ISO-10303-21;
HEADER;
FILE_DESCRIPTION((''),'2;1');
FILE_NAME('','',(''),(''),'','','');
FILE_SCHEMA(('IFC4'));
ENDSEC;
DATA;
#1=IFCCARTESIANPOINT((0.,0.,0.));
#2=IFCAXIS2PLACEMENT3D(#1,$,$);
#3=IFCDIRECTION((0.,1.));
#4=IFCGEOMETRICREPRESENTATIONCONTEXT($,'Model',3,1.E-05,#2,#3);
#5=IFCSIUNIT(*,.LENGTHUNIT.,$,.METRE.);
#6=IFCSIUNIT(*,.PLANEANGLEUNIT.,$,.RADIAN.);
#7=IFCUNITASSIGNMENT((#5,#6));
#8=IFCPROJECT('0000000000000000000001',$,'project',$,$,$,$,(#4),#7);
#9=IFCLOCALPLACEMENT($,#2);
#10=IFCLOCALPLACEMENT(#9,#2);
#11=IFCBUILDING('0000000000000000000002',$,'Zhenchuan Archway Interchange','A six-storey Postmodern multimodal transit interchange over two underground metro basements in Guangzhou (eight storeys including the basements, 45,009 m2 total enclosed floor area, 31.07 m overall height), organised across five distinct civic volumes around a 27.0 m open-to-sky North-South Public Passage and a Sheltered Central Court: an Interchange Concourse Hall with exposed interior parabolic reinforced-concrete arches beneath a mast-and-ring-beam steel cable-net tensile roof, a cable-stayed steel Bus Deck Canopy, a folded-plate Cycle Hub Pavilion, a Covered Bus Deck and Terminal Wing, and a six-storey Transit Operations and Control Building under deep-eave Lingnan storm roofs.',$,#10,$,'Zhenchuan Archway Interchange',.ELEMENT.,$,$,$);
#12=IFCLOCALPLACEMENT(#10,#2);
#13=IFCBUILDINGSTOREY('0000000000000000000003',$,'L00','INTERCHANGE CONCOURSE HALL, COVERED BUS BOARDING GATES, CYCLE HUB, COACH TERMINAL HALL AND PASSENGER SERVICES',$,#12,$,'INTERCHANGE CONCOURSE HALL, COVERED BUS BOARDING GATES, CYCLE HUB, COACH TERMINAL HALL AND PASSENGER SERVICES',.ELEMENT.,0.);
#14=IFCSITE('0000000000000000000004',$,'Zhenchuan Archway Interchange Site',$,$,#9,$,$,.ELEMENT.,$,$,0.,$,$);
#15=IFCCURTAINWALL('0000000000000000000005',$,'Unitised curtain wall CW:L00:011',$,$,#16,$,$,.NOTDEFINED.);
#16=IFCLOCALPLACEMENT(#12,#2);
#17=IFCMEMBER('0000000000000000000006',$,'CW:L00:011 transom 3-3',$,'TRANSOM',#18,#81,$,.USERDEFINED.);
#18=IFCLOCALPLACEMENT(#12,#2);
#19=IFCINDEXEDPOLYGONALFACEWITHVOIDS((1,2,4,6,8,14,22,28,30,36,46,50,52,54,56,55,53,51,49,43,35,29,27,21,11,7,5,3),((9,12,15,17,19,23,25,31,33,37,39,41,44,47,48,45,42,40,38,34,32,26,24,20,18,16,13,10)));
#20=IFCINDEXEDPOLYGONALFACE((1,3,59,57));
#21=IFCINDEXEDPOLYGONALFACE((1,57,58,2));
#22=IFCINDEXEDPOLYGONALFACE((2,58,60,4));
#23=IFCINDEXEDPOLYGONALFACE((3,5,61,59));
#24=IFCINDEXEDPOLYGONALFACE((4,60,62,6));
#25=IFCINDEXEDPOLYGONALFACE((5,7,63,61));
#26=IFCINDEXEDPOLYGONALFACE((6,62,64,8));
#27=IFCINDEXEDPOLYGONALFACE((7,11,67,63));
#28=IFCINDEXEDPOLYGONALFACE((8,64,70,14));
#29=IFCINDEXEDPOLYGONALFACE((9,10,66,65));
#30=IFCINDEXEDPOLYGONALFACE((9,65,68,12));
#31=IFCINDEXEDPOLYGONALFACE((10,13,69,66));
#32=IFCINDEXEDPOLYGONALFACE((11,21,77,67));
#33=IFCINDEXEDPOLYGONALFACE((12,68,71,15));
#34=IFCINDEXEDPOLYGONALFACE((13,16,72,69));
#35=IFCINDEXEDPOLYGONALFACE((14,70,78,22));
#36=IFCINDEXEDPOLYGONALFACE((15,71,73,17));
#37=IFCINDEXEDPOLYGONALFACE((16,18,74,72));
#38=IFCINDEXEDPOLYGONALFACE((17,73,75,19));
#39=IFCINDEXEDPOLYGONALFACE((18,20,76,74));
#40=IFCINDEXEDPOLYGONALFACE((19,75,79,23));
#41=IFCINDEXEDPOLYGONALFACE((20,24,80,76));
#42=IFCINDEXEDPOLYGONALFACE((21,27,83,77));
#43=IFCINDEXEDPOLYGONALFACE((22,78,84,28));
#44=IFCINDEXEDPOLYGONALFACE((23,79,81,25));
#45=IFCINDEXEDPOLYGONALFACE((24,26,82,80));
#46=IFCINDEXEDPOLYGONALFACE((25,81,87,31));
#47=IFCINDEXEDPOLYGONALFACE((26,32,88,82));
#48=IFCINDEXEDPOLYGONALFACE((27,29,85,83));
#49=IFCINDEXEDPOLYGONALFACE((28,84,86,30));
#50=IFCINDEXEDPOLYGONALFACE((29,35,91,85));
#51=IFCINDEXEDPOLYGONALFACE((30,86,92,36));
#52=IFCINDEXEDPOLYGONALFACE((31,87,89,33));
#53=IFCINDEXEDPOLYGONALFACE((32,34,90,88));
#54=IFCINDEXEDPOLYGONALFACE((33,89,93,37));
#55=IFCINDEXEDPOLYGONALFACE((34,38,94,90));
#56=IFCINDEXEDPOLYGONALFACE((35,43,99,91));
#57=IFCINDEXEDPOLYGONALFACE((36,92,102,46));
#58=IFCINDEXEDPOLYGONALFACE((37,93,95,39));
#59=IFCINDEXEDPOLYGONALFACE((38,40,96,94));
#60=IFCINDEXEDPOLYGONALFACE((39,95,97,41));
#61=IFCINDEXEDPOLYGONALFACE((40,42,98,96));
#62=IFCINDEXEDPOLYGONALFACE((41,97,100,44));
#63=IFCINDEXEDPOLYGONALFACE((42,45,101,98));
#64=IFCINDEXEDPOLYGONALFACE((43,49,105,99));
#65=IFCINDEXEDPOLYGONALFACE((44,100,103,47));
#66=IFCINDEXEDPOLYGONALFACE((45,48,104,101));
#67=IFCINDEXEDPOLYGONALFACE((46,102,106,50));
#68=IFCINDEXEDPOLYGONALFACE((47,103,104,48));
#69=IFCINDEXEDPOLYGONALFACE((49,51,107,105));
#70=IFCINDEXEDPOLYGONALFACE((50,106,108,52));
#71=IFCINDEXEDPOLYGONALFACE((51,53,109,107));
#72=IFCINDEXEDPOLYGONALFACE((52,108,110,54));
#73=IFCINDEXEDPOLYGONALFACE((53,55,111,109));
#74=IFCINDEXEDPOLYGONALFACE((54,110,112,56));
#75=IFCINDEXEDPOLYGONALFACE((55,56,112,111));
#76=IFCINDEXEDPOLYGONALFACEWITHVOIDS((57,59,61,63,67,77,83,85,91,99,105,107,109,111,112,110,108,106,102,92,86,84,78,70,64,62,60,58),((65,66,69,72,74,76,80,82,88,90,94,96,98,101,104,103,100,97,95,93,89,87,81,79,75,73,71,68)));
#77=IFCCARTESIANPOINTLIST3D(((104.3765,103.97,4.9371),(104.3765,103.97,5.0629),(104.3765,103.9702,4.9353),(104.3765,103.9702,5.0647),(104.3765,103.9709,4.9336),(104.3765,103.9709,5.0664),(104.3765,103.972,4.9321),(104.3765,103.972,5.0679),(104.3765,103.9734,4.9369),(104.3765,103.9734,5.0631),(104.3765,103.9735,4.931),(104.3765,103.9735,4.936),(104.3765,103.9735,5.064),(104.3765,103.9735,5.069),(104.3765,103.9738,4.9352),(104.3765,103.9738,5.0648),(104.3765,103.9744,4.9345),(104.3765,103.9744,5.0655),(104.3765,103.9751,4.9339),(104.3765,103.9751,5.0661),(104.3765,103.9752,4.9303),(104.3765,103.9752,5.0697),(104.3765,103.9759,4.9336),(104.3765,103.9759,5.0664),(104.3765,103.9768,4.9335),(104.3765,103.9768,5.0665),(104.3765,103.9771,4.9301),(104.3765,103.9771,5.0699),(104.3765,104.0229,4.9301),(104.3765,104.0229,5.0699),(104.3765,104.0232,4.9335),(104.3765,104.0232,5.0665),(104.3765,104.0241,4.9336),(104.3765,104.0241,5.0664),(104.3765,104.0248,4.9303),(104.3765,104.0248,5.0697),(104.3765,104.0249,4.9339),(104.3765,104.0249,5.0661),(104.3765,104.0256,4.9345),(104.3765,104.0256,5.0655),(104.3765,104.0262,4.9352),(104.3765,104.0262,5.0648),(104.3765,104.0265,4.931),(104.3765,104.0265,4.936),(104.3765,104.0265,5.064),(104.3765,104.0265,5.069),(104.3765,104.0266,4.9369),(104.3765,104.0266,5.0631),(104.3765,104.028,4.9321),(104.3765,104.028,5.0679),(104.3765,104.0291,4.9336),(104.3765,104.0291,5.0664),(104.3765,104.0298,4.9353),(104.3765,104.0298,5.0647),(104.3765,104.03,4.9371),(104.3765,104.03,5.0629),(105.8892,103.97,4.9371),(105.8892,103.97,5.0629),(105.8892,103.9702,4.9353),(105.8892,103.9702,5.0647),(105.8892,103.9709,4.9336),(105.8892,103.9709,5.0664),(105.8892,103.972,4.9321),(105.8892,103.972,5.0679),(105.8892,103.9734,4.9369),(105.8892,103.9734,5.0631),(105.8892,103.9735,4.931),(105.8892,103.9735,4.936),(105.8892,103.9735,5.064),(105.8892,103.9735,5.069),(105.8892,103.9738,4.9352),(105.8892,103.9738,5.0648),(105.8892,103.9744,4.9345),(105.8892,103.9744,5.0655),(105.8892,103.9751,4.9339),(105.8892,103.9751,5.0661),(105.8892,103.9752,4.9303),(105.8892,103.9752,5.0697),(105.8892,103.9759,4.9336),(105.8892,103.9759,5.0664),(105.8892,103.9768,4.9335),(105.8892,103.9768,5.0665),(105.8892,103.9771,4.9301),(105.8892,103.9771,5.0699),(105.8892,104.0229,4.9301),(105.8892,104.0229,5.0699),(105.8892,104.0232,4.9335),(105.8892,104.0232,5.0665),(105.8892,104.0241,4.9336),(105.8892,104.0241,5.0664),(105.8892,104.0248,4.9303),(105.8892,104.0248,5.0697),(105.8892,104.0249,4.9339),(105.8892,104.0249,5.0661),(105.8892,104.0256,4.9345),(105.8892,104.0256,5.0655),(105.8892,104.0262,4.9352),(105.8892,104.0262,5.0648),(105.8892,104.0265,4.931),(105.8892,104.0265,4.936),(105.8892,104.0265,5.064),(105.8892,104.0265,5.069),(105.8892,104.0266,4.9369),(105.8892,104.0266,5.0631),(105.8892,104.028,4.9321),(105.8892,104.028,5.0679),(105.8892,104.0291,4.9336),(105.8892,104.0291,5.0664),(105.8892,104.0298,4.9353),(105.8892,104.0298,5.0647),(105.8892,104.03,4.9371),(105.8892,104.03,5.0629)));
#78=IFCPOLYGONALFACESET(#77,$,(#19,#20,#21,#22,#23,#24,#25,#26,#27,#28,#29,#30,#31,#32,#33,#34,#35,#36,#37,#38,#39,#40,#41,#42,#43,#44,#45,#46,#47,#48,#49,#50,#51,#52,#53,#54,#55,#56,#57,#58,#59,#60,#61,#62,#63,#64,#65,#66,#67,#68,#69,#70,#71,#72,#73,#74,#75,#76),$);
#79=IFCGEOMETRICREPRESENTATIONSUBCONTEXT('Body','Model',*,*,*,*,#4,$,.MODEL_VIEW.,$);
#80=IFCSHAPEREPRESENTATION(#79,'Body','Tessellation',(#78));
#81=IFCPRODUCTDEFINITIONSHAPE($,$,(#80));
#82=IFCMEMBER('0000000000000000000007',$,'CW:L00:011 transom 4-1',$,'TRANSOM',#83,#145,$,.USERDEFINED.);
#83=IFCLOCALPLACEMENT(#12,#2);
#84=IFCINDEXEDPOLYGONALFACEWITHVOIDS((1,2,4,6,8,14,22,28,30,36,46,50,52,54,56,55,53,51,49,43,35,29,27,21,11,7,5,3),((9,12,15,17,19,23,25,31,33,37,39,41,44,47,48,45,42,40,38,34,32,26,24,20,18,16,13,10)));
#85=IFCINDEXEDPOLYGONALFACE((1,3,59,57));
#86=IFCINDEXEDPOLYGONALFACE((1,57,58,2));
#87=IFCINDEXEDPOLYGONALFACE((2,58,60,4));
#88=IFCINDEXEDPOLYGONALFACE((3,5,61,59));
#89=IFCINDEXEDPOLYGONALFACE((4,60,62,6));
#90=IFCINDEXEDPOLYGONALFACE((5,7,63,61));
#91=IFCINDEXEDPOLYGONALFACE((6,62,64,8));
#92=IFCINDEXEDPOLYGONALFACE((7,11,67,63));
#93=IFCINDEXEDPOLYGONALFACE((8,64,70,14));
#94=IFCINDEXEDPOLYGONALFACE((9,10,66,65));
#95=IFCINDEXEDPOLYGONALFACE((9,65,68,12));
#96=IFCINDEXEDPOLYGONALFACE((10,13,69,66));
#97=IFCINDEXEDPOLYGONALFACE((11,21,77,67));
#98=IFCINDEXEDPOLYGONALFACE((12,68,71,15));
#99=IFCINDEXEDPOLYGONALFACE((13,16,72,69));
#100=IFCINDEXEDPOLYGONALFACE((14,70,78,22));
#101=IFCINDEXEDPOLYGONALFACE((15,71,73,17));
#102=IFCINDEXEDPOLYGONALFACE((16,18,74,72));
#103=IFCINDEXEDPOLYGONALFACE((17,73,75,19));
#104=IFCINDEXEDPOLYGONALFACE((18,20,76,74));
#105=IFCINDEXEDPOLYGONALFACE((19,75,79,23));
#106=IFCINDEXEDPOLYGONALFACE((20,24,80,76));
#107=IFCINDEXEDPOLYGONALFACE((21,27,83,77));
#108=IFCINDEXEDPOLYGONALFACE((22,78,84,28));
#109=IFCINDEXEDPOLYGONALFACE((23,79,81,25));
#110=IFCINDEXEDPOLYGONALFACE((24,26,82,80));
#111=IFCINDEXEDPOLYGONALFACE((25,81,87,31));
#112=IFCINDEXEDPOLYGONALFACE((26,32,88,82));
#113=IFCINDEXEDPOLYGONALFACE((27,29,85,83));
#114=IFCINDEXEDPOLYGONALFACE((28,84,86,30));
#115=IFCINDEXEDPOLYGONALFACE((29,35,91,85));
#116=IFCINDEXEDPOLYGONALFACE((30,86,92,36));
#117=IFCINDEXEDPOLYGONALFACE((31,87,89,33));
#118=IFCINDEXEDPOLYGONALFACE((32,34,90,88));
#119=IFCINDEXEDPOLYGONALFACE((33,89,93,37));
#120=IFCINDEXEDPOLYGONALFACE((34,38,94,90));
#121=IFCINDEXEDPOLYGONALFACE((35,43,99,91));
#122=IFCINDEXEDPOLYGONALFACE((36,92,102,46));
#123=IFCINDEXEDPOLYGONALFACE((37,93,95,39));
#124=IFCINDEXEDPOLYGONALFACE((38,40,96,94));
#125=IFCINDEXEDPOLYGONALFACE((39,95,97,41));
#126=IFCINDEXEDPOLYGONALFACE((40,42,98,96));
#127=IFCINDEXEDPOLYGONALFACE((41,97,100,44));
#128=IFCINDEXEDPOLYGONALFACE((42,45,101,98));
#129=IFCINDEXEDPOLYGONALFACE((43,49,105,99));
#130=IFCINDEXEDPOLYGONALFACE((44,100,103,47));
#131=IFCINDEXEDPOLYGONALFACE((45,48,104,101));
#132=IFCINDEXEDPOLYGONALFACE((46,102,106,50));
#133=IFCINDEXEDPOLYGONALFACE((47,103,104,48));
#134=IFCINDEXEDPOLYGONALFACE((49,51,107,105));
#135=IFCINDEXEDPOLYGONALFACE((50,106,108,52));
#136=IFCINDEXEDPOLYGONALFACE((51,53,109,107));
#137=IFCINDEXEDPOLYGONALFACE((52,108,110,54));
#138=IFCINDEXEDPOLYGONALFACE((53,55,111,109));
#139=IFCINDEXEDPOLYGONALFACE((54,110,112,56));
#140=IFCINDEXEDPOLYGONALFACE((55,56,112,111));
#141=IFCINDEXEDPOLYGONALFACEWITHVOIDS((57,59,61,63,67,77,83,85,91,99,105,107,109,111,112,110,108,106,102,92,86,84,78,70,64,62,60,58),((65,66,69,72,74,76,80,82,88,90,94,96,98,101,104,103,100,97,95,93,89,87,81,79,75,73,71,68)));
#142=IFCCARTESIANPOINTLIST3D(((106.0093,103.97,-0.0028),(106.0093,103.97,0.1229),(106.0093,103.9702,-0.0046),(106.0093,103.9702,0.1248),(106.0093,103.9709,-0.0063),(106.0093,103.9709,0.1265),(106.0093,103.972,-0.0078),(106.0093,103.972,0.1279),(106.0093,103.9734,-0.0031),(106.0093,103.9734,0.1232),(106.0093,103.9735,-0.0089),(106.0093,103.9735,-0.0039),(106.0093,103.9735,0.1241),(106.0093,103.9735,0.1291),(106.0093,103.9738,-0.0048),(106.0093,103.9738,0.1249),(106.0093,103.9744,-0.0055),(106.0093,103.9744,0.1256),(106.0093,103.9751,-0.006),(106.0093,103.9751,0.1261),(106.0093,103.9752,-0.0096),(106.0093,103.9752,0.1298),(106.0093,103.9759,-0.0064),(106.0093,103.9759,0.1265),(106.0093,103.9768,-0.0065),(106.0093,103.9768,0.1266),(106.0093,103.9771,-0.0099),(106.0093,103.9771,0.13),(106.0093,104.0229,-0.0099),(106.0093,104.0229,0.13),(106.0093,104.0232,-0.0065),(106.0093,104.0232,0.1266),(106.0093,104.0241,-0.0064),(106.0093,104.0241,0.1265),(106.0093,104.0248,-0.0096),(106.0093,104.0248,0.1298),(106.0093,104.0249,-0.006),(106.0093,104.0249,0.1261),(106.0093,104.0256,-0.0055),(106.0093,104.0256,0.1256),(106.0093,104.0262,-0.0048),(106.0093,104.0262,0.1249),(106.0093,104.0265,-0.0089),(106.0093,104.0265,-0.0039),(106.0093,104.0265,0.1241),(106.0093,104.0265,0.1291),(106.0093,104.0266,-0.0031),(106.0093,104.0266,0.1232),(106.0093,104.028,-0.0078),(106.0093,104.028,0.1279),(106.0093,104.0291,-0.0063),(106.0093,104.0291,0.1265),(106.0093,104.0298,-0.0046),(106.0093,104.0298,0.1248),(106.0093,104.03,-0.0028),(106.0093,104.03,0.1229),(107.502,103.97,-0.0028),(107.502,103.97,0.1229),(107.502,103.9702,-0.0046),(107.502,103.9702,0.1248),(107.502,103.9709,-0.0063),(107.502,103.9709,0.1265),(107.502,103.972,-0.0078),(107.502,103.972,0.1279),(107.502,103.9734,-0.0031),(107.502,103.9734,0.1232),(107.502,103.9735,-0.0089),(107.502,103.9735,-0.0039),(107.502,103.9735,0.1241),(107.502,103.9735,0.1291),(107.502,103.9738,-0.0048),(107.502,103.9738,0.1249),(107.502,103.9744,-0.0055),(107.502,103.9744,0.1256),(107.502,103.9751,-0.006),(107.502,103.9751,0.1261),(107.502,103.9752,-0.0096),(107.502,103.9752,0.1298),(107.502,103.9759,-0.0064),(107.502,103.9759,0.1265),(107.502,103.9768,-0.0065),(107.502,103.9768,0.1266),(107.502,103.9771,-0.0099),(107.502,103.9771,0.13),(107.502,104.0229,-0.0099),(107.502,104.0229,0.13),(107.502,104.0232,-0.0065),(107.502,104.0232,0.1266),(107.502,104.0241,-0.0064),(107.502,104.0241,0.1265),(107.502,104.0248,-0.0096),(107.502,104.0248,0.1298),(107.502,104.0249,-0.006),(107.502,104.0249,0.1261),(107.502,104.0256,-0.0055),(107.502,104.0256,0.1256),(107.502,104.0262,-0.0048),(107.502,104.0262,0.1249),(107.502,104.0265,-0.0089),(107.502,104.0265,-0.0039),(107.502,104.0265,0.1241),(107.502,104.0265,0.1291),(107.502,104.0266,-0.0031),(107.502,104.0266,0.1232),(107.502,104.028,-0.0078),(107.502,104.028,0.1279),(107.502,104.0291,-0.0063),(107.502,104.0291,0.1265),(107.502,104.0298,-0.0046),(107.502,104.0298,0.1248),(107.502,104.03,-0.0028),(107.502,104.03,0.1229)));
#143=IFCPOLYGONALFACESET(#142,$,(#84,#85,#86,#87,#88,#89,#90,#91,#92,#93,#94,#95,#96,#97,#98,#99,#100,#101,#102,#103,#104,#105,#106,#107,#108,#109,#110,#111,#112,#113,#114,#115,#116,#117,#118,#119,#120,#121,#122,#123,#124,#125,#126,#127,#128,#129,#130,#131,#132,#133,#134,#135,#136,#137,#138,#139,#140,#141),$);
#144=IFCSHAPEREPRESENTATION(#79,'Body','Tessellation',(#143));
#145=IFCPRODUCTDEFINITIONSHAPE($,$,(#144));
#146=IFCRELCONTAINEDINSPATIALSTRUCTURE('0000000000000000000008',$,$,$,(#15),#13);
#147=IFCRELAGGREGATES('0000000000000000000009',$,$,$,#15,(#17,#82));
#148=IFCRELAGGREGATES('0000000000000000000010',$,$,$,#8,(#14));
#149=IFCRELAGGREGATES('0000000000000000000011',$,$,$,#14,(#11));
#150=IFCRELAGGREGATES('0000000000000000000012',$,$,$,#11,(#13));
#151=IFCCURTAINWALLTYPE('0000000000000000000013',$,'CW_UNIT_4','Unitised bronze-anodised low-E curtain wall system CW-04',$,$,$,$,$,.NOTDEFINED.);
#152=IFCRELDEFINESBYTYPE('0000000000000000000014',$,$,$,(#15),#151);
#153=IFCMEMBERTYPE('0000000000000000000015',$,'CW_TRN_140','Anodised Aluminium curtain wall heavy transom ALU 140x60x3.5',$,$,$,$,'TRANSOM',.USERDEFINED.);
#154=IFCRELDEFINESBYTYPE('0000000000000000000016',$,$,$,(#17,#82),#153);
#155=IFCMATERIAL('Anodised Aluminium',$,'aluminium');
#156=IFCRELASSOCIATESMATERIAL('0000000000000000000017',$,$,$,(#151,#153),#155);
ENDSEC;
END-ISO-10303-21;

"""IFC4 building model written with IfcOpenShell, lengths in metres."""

from ifc_helpers import new_model, si_unit, direction, frame, origin, origin_2d, place, context, subcontext, project, spatial, hollow_rectangle, extrude, material, material_profile, profile_set, type_object, element, aggregate, save


model = new_model("IFC4")

# Units and contexts
model_context = context("Model", 3, precision=1e-05, world=origin(), true_north=direction((0.0, 1.0)))
body_context = subcontext(model_context, "Body", "Model", "MODEL_VIEW")
ifc_project = project(units=[si_unit("LENGTHUNIT", "METRE"), si_unit("PLANEANGLEUNIT", "RADIAN")], contexts=[model_context])

# Site, building, storey
site_placement = place(None, origin())
site = spatial("IfcSite", under=ifc_project, at=site_placement, Name="Zhenchuan Archway Interchange Site", CompositionType="ELEMENT", RefElevation=0.0)
building_placement = place(site_placement, origin())
building = spatial("IfcBuilding", under=site, at=building_placement, Name="Zhenchuan Archway Interchange", Description="A six-storey Postmodern multimodal transit interchange over two underground metro basements in Guangzhou (eight storeys including the basements, 45,009 m2 total enclosed floor area, 31.07 m overall height), organised across five distinct civic volumes around a 27.0 m open-to-sky North-South Public Passage and a Sheltered Central Court: an Interchange Concourse Hall with exposed interior parabolic reinforced-concrete arches beneath a mast-and-ring-beam steel cable-net tensile roof, a cable-stayed steel Bus Deck Canopy, a folded-plate Cycle Hub Pavilion, a Covered Bus Deck and Terminal Wing, and a six-storey Transit Operations and Control Building under deep-eave Lingnan storm roofs.", LongName="Zhenchuan Archway Interchange", CompositionType="ELEMENT")
storey_placement = place(building_placement, origin())
storey = spatial("IfcBuildingStorey", under=building, at=storey_placement, Name="L00", Description="INTERCHANGE CONCOURSE HALL, COVERED BUS BOARDING GATES, CYCLE HUB, COACH TERMINAL HALL AND PASSENGER SERVICES", LongName="INTERCHANGE CONCOURSE HALL, COVERED BUS BOARDING GATES, CYCLE HUB, COACH TERMINAL HALL AND PASSENGER SERVICES", CompositionType="ELEMENT", Elevation=0.0)

# Curtain wall, members
ifc_material_1 = material(Name="Anodised Aluminium", Category="aluminium")
curtain_wall_type = type_object("IfcCurtainWallType", Name="CW_UNIT_4", Description="Unitised bronze-anodised low-E curtain wall system CW-04", PredefinedType="NOTDEFINED", material=ifc_material_1)
curtain_wall_placement = place(storey_placement, origin())
curtain_wall = element("IfcCurtainWall", 1, at=curtain_wall_placement, inside=storey, type_object=curtain_wall_type, Name="Unitised curtain wall CW:L00:011", PredefinedType="NOTDEFINED")
ifc_material_profile_1 = material_profile(ifc_material_1, hollow_rectangle(XDim=0.0601, YDim=0.1399, WallThickness=0.0034, InnerFilletRadius=0.0034, OuterFilletRadius=0.0071, at=origin_2d()), Name="ALU 140x60x3.5")
ifc_profile_set_1 = profile_set([ifc_material_profile_1], Name="Anodised Aluminium")
member_type_1 = type_object("IfcMemberType", Name="CW_TRN_140", Description="Anodised Aluminium curtain wall heavy transom ALU 140x60x3.5", ElementType="TRANSOM", PredefinedType="USERDEFINED", material=ifc_profile_set_1)
member_1_placement = place(storey_placement, frame((104.3765, 104.0, 5.0), z_axis=(1.0, 0.0, 0.0), x_axis=(0.0, 1.0, 0.0)))
member_1 = element("IfcMember", 2, at=member_1_placement, type_object=member_type_1, Name="CW:L00:011 transom 3-3", ObjectType="TRANSOM", PredefinedType="USERDEFINED", context=body_context, shape_type="SweptSolid", body=[
    extrude(hollow_rectangle(XDim=0.0601, YDim=0.1399, WallThickness=0.0034, InnerFilletRadius=0.0034, OuterFilletRadius=0.0071, at=origin_2d()), origin(), (0.0, 0.0, 1.0), 1.5127),
])
member_2_placement = place(storey_placement, frame((106.0093, 104.0, 0.0601), z_axis=(1.0, 0.0, 0.0), x_axis=(0.0, 1.0, 0.0)))
member_2 = element("IfcMember", 3, at=member_2_placement, type_object=member_type_1, Name="CW:L00:011 transom 4-1", ObjectType="TRANSOM", PredefinedType="USERDEFINED", context=body_context, shape_type="SweptSolid", body=[
    extrude(hollow_rectangle(XDim=0.0601, YDim=0.1399, WallThickness=0.0034, InnerFilletRadius=0.0034, OuterFilletRadius=0.0071, at=origin_2d()), origin(), (0.0, 0.0, 1.0), 1.4927),
])

aggregate(curtain_wall, [member_1, member_2])

save(model, "model.ifc")
